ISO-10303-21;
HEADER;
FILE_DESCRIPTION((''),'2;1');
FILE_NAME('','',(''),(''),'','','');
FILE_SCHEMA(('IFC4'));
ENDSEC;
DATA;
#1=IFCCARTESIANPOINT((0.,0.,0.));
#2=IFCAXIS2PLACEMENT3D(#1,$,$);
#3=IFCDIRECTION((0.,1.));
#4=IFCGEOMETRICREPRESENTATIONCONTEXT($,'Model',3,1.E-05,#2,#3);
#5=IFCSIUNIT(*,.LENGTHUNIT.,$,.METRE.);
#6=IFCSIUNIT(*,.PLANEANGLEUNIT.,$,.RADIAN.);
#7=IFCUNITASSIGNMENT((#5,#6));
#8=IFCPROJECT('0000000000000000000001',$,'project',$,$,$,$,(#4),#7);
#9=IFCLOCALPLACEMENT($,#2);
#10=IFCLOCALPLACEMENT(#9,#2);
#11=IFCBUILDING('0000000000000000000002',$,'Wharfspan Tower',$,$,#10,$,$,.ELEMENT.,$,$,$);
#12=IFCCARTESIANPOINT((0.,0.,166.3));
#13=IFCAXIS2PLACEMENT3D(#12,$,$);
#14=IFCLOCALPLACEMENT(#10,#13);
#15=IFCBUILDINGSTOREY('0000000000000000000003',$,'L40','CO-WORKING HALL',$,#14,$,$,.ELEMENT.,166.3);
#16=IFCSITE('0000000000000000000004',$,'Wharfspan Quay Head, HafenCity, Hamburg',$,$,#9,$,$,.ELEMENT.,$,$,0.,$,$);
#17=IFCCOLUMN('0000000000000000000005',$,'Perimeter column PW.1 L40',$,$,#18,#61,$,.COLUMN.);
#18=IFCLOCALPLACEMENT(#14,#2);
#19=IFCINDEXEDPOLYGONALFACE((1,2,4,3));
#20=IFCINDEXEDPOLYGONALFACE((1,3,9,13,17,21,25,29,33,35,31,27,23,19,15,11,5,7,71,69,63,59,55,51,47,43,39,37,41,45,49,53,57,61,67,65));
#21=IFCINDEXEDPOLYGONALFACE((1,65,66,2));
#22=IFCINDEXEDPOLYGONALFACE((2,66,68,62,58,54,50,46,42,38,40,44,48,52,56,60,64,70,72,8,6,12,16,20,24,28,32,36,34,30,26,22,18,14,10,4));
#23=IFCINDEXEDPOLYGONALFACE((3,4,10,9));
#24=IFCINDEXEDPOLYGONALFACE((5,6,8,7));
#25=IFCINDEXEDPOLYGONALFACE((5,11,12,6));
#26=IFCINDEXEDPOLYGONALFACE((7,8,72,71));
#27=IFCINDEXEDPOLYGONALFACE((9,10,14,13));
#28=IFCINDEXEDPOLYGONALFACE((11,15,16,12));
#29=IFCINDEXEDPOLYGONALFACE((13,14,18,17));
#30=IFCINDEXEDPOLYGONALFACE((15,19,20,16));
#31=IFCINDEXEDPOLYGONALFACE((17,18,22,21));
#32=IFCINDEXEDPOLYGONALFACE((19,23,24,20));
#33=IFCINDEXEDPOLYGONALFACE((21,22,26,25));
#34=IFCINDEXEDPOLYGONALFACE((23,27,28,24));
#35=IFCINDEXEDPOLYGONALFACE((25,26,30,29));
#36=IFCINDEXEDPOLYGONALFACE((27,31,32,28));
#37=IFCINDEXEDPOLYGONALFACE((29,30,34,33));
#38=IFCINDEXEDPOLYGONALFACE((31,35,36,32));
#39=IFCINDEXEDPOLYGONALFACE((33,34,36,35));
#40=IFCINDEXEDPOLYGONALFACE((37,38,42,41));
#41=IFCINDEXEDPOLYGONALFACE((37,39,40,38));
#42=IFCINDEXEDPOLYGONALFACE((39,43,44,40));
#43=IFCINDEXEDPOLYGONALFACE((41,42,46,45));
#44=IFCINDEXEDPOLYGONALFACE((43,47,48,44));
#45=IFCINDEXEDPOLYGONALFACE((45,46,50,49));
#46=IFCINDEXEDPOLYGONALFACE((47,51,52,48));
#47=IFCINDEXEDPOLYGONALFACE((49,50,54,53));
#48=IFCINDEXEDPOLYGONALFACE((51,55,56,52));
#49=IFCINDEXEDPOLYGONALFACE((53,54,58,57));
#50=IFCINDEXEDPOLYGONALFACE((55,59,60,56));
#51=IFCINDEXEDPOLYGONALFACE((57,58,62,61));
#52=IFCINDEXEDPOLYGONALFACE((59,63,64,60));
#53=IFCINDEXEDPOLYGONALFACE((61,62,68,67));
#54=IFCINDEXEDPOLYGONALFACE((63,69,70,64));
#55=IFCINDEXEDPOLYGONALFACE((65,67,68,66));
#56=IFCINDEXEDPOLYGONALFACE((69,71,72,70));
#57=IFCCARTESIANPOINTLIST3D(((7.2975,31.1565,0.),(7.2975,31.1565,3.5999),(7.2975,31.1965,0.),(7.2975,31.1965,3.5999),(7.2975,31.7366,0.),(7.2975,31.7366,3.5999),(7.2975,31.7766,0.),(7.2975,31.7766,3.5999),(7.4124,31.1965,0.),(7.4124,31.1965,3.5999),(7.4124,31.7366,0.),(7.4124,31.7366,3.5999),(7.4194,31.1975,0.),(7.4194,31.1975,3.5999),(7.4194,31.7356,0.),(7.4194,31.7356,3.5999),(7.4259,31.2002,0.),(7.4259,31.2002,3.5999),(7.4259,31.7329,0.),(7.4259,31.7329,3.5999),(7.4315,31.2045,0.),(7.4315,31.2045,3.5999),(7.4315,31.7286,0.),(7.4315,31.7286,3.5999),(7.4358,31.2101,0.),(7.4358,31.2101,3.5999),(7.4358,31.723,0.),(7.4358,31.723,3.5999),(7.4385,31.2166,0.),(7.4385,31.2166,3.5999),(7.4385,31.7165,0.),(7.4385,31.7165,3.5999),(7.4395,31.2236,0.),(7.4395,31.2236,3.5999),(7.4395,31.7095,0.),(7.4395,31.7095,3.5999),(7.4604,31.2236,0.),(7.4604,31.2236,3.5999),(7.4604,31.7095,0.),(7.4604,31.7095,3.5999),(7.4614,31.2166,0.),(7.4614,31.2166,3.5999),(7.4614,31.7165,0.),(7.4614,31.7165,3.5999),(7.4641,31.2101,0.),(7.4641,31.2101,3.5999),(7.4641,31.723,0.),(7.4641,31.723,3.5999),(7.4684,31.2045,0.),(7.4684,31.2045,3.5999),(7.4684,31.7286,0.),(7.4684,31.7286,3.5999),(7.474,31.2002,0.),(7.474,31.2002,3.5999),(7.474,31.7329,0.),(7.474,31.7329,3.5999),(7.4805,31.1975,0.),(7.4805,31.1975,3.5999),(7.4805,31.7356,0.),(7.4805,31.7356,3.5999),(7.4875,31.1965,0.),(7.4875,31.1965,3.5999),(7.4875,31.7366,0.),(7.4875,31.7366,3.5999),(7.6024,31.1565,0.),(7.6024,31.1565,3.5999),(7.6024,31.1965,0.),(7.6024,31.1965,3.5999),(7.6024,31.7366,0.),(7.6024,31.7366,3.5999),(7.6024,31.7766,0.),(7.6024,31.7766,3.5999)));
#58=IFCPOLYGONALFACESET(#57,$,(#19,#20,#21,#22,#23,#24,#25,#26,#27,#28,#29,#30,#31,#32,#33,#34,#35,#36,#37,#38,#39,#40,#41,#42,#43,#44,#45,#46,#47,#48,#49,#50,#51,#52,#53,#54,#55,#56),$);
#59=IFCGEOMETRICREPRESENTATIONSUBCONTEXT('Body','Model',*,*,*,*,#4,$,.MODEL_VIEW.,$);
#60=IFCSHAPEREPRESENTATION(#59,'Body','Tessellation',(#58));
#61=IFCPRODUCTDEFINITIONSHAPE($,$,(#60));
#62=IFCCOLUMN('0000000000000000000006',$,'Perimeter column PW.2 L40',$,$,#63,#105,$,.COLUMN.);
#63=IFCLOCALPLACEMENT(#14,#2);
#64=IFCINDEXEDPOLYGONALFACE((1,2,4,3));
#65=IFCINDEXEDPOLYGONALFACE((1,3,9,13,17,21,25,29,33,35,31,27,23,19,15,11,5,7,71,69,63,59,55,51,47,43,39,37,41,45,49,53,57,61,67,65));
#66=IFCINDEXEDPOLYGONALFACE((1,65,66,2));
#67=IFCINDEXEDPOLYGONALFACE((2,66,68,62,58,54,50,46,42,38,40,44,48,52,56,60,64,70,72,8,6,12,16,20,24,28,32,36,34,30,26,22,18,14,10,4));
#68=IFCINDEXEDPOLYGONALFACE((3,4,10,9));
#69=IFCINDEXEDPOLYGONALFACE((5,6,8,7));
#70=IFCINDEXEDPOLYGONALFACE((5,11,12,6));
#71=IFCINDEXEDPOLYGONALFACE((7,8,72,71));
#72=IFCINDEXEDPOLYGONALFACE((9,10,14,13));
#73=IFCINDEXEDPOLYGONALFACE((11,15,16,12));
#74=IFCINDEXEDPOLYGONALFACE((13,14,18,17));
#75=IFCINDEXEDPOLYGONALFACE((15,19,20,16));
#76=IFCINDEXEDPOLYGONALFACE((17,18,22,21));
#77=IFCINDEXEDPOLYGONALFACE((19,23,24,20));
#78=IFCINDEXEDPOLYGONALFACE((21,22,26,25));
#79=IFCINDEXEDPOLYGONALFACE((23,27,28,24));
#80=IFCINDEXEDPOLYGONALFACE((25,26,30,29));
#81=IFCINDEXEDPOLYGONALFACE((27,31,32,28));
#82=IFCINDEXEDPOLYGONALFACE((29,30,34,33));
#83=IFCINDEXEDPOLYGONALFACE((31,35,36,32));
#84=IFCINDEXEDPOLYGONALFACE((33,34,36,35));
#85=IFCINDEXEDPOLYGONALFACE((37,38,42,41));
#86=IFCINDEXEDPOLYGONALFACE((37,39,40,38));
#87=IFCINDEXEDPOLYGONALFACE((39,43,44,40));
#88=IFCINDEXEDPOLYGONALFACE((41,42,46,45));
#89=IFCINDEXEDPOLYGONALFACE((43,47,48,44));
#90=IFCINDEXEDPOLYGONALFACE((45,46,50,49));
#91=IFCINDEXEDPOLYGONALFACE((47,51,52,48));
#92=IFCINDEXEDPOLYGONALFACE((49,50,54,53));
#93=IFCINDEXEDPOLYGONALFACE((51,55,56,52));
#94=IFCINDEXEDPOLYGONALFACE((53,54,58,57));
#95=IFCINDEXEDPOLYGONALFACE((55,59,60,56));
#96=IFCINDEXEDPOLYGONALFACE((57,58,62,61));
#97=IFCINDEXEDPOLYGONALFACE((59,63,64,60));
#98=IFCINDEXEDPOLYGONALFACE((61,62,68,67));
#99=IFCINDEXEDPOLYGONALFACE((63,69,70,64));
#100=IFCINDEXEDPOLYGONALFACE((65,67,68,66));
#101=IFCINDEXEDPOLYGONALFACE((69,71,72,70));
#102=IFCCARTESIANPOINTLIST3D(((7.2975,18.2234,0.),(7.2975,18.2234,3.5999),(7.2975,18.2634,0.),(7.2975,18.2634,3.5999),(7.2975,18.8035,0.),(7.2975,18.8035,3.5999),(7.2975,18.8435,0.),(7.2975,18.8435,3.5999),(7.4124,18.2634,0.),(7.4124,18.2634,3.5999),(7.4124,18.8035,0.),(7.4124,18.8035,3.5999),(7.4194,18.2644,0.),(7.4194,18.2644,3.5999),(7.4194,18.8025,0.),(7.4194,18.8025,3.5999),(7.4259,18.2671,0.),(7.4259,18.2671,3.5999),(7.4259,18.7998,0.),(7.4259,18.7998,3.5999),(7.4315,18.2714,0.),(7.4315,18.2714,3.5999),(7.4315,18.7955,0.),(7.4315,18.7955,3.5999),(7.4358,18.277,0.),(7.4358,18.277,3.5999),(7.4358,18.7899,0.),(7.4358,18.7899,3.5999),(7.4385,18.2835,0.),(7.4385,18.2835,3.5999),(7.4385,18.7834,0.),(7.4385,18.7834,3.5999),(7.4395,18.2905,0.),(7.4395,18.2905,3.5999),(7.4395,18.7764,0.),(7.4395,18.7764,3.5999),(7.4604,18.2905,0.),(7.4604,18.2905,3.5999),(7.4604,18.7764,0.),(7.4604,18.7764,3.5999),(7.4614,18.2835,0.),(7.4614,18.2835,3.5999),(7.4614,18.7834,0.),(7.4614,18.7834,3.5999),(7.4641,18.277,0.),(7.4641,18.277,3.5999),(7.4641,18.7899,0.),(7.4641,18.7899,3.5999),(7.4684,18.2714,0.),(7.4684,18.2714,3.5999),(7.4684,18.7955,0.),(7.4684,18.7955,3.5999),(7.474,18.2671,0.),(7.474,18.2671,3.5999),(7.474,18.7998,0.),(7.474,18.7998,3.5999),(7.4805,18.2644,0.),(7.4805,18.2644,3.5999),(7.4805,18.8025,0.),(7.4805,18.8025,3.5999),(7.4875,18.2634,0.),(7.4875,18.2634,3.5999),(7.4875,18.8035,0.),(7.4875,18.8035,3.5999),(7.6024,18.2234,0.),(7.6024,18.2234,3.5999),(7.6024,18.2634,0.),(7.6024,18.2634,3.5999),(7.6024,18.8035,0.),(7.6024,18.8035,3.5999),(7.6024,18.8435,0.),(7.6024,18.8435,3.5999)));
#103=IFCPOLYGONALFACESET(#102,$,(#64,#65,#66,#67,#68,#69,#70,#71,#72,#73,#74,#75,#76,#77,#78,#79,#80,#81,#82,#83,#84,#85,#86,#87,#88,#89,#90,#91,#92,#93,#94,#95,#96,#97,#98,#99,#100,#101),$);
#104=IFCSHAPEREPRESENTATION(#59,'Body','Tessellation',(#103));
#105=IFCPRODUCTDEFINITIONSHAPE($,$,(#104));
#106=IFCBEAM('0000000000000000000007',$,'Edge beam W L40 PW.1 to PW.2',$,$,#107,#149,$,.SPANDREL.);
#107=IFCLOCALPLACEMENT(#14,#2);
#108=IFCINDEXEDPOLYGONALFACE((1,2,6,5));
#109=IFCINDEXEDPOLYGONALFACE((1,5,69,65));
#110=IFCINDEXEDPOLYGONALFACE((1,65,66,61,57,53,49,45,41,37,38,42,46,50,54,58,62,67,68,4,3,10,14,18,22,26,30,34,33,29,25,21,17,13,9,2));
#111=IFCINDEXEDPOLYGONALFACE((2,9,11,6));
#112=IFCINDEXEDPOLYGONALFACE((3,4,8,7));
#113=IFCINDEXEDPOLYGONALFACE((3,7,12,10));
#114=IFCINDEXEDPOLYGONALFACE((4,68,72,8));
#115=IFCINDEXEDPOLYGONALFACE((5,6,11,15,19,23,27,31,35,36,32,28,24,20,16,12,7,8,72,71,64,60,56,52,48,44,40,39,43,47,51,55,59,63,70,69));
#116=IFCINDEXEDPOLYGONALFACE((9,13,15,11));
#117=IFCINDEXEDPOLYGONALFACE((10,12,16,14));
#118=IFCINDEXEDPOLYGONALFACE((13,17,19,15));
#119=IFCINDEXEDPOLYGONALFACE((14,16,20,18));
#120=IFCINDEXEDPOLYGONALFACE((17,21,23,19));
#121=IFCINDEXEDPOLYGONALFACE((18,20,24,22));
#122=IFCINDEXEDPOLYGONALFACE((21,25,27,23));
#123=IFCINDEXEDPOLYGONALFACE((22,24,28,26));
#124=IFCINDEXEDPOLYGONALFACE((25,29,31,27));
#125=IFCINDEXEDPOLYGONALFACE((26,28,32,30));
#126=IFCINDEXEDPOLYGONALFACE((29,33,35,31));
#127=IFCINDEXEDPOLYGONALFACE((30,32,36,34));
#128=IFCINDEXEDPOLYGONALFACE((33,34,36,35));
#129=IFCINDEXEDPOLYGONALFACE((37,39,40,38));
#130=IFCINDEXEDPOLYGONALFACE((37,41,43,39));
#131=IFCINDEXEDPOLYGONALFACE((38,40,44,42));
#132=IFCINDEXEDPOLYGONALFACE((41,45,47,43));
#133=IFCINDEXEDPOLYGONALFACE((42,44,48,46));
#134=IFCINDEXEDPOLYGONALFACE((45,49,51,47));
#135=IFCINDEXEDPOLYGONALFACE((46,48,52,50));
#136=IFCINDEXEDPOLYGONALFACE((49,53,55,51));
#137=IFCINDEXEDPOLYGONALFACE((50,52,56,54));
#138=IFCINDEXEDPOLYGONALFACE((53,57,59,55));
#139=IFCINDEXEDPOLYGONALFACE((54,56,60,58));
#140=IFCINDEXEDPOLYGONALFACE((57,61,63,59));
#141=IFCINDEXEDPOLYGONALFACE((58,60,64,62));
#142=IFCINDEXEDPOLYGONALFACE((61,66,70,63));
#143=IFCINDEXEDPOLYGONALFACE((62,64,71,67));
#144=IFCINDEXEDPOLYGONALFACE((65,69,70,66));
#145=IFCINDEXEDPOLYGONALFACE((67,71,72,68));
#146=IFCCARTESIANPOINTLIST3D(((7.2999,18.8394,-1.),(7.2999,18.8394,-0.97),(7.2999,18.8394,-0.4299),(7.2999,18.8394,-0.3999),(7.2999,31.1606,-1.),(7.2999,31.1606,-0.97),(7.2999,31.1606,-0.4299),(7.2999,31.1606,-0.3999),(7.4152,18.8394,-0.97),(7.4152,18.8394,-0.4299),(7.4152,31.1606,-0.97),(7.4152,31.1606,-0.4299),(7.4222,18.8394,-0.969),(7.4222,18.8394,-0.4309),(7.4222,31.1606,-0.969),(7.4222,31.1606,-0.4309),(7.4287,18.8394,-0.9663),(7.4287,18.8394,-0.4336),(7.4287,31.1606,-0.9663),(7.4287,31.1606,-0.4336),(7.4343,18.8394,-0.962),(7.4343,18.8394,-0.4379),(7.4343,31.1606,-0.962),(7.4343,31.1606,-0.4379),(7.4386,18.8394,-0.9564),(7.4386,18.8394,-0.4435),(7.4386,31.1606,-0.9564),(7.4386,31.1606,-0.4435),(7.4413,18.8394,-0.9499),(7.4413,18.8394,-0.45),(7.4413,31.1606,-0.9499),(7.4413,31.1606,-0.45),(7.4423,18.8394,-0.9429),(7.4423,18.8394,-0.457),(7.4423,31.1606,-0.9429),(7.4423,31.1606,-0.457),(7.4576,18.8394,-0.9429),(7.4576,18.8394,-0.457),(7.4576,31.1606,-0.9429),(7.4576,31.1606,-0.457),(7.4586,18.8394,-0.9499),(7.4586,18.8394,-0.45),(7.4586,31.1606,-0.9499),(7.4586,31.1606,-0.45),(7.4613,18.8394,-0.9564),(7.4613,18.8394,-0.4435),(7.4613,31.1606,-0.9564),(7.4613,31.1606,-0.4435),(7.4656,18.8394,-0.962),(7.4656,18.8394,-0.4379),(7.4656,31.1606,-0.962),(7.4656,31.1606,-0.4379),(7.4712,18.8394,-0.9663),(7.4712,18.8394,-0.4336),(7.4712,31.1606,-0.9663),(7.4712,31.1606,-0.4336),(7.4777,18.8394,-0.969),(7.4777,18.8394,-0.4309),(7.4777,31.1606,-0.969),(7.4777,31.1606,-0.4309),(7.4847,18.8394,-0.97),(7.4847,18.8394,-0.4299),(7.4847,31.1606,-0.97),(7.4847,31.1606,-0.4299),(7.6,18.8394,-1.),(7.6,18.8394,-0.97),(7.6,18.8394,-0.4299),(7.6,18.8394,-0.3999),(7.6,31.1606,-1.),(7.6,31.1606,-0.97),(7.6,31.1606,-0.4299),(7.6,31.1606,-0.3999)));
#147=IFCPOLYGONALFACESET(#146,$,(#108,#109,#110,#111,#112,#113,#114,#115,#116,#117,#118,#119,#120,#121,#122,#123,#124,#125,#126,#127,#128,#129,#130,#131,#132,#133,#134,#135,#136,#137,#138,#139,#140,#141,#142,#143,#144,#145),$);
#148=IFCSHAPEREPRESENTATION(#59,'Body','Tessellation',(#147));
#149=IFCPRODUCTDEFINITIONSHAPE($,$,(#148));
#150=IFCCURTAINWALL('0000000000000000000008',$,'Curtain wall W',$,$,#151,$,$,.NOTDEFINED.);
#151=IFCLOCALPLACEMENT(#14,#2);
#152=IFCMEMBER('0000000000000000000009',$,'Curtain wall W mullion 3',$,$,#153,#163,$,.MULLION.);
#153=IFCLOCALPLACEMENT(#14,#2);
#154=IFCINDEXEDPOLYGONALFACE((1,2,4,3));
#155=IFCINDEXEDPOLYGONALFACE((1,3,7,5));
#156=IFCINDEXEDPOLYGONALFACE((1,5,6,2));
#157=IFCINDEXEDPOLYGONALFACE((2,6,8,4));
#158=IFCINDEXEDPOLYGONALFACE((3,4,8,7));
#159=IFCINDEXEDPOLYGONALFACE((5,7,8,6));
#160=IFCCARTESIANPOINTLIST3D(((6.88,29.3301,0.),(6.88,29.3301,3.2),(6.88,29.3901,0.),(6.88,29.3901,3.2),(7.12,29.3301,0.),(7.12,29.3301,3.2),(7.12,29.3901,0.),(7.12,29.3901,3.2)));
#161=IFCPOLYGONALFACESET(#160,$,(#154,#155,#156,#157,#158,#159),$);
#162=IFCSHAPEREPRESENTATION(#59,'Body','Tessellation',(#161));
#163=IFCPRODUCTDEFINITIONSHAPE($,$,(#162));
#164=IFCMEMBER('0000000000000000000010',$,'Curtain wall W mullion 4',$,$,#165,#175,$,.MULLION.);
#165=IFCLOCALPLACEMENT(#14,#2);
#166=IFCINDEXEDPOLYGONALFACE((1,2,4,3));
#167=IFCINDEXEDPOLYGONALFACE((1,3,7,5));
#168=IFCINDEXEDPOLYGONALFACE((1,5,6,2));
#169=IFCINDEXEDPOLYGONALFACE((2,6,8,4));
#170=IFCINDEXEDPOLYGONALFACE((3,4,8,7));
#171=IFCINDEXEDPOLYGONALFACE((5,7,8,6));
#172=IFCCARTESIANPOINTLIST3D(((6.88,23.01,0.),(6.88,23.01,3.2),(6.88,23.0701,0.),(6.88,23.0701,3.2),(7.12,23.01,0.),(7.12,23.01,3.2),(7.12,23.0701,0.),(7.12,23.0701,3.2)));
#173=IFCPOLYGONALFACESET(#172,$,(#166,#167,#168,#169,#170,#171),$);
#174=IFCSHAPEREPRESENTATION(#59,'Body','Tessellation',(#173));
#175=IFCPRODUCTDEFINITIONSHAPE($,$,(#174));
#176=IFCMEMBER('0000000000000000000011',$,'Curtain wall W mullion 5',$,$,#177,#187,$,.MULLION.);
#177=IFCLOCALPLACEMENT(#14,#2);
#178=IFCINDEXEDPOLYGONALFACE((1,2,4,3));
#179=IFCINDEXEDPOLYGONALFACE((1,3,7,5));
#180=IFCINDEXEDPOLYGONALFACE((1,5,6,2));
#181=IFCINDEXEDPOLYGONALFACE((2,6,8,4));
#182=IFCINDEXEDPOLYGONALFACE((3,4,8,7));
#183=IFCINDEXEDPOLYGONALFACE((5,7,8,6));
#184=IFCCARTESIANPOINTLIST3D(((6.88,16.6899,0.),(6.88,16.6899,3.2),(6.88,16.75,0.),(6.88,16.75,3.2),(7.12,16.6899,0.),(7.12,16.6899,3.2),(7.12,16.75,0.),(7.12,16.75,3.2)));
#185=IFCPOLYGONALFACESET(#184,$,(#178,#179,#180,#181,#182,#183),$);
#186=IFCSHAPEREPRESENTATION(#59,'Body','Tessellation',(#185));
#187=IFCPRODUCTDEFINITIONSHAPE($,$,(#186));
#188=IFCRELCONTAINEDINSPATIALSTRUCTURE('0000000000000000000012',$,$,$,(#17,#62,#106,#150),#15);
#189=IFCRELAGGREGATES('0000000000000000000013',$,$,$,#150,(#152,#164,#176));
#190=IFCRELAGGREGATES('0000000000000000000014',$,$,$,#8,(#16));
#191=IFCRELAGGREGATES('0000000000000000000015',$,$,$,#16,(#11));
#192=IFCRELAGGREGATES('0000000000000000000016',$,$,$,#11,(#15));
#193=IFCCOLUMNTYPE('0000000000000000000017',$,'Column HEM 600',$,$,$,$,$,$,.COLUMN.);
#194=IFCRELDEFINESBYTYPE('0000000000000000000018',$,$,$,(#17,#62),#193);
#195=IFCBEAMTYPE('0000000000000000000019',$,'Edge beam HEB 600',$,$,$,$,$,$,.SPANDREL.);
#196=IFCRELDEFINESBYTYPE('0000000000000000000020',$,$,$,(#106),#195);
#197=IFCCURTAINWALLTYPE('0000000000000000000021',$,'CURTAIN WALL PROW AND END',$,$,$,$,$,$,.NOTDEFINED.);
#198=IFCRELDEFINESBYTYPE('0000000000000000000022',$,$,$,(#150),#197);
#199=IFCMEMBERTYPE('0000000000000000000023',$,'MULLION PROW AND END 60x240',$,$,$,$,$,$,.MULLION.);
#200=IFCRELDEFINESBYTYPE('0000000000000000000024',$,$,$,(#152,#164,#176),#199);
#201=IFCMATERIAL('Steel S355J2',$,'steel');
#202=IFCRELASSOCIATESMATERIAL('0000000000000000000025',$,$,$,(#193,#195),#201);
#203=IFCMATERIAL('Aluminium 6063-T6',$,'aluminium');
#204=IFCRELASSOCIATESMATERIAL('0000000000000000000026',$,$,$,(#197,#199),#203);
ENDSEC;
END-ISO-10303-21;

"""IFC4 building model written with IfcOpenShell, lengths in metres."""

from ifc_helpers import new_model, si_unit, direction, frame, origin, origin_2d, place, context, subcontext, project, spatial, rectangle, i_section, extrude, material, material_profile, profile_set, type_object, element, aggregate, save


model = new_model("IFC4")

# Units and contexts
model_context = context("Model", 3, precision=1e-05, world=origin(), true_north=direction((0.0, 1.0)))
body_context = subcontext(model_context, "Body", "Model", "MODEL_VIEW")
ifc_project = project(units=[si_unit("LENGTHUNIT", "METRE"), si_unit("PLANEANGLEUNIT", "RADIAN")], contexts=[model_context])

# Site, building, storey
site_placement = place(None, origin())
site = spatial("IfcSite", under=ifc_project, at=site_placement, Name="Wharfspan Quay Head, HafenCity, Hamburg", CompositionType="ELEMENT", RefElevation=0.0)
building_placement = place(site_placement, origin())
building = spatial("IfcBuilding", under=site, at=building_placement, Name="Wharfspan Tower", CompositionType="ELEMENT")
storey_placement = place(building_placement, frame((0.0, 0.0, 166.3)))
storey = spatial("IfcBuildingStorey", under=building, at=storey_placement, Name="L40", Description="CO-WORKING HALL", CompositionType="ELEMENT", Elevation=166.3)

# Columns
ifc_material_1 = material(Name="Steel S355J2", Category="steel")
ifc_material_profile_1 = material_profile(ifc_material_1, i_section(OverallWidth=0.3049, OverallDepth=0.6201, WebThickness=0.021, FlangeThickness=0.04, FilletRadius=0.0271, at=origin_2d()))
ifc_profile_set_1 = profile_set([ifc_material_profile_1], Name="Steel S355J2")
column_type = type_object("IfcColumnType", Name="Column HEM 600", PredefinedType="COLUMN", material=ifc_profile_set_1)
for number, where, z_axis, x_axis, name in (
    (1, (7.45, 31.4666, 0.0), (0.0, 0.0, 1.0), (-1.0, 0.0, 0.0), "Perimeter column PW.1 L40"),
    (2, (7.45, 18.5334, 0.0), (0.0, 0.0, 1.0), (-1.0, 0.0, 0.0), "Perimeter column PW.2 L40"),
):
    element("IfcColumn", number, at=place(storey_placement, frame(where, z_axis=z_axis, x_axis=x_axis)), inside=storey, type_object=column_type, Name=name, PredefinedType="COLUMN", context=body_context, shape_type="SweptSolid", body=[
        extrude(i_section(OverallWidth=0.3049, OverallDepth=0.6201, WebThickness=0.021, FlangeThickness=0.04, FilletRadius=0.0271, at=origin_2d()), origin(), (0.0, 0.0, 1.0), 3.5999),
    ])

# Beam
ifc_material_profile_2 = material_profile(ifc_material_1, i_section(OverallWidth=0.3, OverallDepth=0.6001, WebThickness=0.0154, FlangeThickness=0.03, FilletRadius=0.0271, at=origin_2d()))
ifc_profile_set_2 = profile_set([ifc_material_profile_2], Name="Steel S355J2")
beam_type = type_object("IfcBeamType", Name="Edge beam HEB 600", PredefinedType="SPANDREL", material=ifc_profile_set_2)
beam_placement = place(storey_placement, frame((7.45, 31.1606, -0.7), z_axis=(0.0, -1.0, 0.0), x_axis=(1.0, 0.0, 0.0)))
element("IfcBeam", 3, at=beam_placement, inside=storey, type_object=beam_type, Name="Edge beam W L40 PW.1 to PW.2", PredefinedType="SPANDREL", context=body_context, shape_type="SweptSolid", body=[
    extrude(i_section(OverallWidth=0.3, OverallDepth=0.6001, WebThickness=0.0154, FlangeThickness=0.03, FilletRadius=0.0271, at=origin_2d()), origin(), (0.0, 0.0, 1.0), 12.3213),
])

# Curtain wall, members
ifc_material_2 = material(Name="Aluminium 6063-T6", Category="aluminium")
curtain_wall_type = type_object("IfcCurtainWallType", Name="CURTAIN WALL PROW AND END", PredefinedType="NOTDEFINED", material=ifc_material_2)
curtain_wall_placement = place(storey_placement, origin())
curtain_wall = element("IfcCurtainWall", 4, at=curtain_wall_placement, inside=storey, type_object=curtain_wall_type, Name="Curtain wall W", PredefinedType="NOTDEFINED")
ifc_material_profile_3 = material_profile(ifc_material_2, rectangle(XDim=0.24, YDim=0.0601, at=origin_2d()))
ifc_profile_set_3 = profile_set([ifc_material_profile_3], Name="Aluminium 6063-T6")
member_type_1 = type_object("IfcMemberType", Name="MULLION PROW AND END 60x240", PredefinedType="MULLION", material=ifc_profile_set_3)
member_1_placement = place(storey_placement, frame((7.0, 29.3601, 0.0), z_axis=(0.0, 0.0, 1.0), x_axis=(1.0, 0.0, 0.0)))
member_1 = element("IfcMember", 5, at=member_1_placement, type_object=member_type_1, Name="Curtain wall W mullion 3", PredefinedType="MULLION", context=body_context, shape_type="SweptSolid", body=[
    extrude(rectangle(XDim=0.24, YDim=0.0601, at=origin_2d()), origin(), (0.0, 0.0, 1.0), 3.2),
])
member_2_placement = place(storey_placement, frame((7.0, 23.04, 0.0), z_axis=(0.0, 0.0, 1.0), x_axis=(1.0, 0.0, 0.0)))
member_2 = element("IfcMember", 6, at=member_2_placement, type_object=member_type_1, Name="Curtain wall W mullion 4", PredefinedType="MULLION", context=body_context, shape_type="SweptSolid", body=[
    extrude(rectangle(XDim=0.24, YDim=0.0601, at=origin_2d()), origin(), (0.0, 0.0, 1.0), 3.2),
])
member_3_placement = place(storey_placement, frame((7.0, 16.72, 0.0), z_axis=(0.0, 0.0, 1.0), x_axis=(1.0, 0.0, 0.0)))
member_3 = element("IfcMember", 7, at=member_3_placement, type_object=member_type_1, Name="Curtain wall W mullion 5", PredefinedType="MULLION", context=body_context, shape_type="SweptSolid", body=[
    extrude(rectangle(XDim=0.24, YDim=0.0601, at=origin_2d()), origin(), (0.0, 0.0, 1.0), 3.2),
])

aggregate(curtain_wall, [member_1, member_2, member_3])

save(model, "model.ifc")
